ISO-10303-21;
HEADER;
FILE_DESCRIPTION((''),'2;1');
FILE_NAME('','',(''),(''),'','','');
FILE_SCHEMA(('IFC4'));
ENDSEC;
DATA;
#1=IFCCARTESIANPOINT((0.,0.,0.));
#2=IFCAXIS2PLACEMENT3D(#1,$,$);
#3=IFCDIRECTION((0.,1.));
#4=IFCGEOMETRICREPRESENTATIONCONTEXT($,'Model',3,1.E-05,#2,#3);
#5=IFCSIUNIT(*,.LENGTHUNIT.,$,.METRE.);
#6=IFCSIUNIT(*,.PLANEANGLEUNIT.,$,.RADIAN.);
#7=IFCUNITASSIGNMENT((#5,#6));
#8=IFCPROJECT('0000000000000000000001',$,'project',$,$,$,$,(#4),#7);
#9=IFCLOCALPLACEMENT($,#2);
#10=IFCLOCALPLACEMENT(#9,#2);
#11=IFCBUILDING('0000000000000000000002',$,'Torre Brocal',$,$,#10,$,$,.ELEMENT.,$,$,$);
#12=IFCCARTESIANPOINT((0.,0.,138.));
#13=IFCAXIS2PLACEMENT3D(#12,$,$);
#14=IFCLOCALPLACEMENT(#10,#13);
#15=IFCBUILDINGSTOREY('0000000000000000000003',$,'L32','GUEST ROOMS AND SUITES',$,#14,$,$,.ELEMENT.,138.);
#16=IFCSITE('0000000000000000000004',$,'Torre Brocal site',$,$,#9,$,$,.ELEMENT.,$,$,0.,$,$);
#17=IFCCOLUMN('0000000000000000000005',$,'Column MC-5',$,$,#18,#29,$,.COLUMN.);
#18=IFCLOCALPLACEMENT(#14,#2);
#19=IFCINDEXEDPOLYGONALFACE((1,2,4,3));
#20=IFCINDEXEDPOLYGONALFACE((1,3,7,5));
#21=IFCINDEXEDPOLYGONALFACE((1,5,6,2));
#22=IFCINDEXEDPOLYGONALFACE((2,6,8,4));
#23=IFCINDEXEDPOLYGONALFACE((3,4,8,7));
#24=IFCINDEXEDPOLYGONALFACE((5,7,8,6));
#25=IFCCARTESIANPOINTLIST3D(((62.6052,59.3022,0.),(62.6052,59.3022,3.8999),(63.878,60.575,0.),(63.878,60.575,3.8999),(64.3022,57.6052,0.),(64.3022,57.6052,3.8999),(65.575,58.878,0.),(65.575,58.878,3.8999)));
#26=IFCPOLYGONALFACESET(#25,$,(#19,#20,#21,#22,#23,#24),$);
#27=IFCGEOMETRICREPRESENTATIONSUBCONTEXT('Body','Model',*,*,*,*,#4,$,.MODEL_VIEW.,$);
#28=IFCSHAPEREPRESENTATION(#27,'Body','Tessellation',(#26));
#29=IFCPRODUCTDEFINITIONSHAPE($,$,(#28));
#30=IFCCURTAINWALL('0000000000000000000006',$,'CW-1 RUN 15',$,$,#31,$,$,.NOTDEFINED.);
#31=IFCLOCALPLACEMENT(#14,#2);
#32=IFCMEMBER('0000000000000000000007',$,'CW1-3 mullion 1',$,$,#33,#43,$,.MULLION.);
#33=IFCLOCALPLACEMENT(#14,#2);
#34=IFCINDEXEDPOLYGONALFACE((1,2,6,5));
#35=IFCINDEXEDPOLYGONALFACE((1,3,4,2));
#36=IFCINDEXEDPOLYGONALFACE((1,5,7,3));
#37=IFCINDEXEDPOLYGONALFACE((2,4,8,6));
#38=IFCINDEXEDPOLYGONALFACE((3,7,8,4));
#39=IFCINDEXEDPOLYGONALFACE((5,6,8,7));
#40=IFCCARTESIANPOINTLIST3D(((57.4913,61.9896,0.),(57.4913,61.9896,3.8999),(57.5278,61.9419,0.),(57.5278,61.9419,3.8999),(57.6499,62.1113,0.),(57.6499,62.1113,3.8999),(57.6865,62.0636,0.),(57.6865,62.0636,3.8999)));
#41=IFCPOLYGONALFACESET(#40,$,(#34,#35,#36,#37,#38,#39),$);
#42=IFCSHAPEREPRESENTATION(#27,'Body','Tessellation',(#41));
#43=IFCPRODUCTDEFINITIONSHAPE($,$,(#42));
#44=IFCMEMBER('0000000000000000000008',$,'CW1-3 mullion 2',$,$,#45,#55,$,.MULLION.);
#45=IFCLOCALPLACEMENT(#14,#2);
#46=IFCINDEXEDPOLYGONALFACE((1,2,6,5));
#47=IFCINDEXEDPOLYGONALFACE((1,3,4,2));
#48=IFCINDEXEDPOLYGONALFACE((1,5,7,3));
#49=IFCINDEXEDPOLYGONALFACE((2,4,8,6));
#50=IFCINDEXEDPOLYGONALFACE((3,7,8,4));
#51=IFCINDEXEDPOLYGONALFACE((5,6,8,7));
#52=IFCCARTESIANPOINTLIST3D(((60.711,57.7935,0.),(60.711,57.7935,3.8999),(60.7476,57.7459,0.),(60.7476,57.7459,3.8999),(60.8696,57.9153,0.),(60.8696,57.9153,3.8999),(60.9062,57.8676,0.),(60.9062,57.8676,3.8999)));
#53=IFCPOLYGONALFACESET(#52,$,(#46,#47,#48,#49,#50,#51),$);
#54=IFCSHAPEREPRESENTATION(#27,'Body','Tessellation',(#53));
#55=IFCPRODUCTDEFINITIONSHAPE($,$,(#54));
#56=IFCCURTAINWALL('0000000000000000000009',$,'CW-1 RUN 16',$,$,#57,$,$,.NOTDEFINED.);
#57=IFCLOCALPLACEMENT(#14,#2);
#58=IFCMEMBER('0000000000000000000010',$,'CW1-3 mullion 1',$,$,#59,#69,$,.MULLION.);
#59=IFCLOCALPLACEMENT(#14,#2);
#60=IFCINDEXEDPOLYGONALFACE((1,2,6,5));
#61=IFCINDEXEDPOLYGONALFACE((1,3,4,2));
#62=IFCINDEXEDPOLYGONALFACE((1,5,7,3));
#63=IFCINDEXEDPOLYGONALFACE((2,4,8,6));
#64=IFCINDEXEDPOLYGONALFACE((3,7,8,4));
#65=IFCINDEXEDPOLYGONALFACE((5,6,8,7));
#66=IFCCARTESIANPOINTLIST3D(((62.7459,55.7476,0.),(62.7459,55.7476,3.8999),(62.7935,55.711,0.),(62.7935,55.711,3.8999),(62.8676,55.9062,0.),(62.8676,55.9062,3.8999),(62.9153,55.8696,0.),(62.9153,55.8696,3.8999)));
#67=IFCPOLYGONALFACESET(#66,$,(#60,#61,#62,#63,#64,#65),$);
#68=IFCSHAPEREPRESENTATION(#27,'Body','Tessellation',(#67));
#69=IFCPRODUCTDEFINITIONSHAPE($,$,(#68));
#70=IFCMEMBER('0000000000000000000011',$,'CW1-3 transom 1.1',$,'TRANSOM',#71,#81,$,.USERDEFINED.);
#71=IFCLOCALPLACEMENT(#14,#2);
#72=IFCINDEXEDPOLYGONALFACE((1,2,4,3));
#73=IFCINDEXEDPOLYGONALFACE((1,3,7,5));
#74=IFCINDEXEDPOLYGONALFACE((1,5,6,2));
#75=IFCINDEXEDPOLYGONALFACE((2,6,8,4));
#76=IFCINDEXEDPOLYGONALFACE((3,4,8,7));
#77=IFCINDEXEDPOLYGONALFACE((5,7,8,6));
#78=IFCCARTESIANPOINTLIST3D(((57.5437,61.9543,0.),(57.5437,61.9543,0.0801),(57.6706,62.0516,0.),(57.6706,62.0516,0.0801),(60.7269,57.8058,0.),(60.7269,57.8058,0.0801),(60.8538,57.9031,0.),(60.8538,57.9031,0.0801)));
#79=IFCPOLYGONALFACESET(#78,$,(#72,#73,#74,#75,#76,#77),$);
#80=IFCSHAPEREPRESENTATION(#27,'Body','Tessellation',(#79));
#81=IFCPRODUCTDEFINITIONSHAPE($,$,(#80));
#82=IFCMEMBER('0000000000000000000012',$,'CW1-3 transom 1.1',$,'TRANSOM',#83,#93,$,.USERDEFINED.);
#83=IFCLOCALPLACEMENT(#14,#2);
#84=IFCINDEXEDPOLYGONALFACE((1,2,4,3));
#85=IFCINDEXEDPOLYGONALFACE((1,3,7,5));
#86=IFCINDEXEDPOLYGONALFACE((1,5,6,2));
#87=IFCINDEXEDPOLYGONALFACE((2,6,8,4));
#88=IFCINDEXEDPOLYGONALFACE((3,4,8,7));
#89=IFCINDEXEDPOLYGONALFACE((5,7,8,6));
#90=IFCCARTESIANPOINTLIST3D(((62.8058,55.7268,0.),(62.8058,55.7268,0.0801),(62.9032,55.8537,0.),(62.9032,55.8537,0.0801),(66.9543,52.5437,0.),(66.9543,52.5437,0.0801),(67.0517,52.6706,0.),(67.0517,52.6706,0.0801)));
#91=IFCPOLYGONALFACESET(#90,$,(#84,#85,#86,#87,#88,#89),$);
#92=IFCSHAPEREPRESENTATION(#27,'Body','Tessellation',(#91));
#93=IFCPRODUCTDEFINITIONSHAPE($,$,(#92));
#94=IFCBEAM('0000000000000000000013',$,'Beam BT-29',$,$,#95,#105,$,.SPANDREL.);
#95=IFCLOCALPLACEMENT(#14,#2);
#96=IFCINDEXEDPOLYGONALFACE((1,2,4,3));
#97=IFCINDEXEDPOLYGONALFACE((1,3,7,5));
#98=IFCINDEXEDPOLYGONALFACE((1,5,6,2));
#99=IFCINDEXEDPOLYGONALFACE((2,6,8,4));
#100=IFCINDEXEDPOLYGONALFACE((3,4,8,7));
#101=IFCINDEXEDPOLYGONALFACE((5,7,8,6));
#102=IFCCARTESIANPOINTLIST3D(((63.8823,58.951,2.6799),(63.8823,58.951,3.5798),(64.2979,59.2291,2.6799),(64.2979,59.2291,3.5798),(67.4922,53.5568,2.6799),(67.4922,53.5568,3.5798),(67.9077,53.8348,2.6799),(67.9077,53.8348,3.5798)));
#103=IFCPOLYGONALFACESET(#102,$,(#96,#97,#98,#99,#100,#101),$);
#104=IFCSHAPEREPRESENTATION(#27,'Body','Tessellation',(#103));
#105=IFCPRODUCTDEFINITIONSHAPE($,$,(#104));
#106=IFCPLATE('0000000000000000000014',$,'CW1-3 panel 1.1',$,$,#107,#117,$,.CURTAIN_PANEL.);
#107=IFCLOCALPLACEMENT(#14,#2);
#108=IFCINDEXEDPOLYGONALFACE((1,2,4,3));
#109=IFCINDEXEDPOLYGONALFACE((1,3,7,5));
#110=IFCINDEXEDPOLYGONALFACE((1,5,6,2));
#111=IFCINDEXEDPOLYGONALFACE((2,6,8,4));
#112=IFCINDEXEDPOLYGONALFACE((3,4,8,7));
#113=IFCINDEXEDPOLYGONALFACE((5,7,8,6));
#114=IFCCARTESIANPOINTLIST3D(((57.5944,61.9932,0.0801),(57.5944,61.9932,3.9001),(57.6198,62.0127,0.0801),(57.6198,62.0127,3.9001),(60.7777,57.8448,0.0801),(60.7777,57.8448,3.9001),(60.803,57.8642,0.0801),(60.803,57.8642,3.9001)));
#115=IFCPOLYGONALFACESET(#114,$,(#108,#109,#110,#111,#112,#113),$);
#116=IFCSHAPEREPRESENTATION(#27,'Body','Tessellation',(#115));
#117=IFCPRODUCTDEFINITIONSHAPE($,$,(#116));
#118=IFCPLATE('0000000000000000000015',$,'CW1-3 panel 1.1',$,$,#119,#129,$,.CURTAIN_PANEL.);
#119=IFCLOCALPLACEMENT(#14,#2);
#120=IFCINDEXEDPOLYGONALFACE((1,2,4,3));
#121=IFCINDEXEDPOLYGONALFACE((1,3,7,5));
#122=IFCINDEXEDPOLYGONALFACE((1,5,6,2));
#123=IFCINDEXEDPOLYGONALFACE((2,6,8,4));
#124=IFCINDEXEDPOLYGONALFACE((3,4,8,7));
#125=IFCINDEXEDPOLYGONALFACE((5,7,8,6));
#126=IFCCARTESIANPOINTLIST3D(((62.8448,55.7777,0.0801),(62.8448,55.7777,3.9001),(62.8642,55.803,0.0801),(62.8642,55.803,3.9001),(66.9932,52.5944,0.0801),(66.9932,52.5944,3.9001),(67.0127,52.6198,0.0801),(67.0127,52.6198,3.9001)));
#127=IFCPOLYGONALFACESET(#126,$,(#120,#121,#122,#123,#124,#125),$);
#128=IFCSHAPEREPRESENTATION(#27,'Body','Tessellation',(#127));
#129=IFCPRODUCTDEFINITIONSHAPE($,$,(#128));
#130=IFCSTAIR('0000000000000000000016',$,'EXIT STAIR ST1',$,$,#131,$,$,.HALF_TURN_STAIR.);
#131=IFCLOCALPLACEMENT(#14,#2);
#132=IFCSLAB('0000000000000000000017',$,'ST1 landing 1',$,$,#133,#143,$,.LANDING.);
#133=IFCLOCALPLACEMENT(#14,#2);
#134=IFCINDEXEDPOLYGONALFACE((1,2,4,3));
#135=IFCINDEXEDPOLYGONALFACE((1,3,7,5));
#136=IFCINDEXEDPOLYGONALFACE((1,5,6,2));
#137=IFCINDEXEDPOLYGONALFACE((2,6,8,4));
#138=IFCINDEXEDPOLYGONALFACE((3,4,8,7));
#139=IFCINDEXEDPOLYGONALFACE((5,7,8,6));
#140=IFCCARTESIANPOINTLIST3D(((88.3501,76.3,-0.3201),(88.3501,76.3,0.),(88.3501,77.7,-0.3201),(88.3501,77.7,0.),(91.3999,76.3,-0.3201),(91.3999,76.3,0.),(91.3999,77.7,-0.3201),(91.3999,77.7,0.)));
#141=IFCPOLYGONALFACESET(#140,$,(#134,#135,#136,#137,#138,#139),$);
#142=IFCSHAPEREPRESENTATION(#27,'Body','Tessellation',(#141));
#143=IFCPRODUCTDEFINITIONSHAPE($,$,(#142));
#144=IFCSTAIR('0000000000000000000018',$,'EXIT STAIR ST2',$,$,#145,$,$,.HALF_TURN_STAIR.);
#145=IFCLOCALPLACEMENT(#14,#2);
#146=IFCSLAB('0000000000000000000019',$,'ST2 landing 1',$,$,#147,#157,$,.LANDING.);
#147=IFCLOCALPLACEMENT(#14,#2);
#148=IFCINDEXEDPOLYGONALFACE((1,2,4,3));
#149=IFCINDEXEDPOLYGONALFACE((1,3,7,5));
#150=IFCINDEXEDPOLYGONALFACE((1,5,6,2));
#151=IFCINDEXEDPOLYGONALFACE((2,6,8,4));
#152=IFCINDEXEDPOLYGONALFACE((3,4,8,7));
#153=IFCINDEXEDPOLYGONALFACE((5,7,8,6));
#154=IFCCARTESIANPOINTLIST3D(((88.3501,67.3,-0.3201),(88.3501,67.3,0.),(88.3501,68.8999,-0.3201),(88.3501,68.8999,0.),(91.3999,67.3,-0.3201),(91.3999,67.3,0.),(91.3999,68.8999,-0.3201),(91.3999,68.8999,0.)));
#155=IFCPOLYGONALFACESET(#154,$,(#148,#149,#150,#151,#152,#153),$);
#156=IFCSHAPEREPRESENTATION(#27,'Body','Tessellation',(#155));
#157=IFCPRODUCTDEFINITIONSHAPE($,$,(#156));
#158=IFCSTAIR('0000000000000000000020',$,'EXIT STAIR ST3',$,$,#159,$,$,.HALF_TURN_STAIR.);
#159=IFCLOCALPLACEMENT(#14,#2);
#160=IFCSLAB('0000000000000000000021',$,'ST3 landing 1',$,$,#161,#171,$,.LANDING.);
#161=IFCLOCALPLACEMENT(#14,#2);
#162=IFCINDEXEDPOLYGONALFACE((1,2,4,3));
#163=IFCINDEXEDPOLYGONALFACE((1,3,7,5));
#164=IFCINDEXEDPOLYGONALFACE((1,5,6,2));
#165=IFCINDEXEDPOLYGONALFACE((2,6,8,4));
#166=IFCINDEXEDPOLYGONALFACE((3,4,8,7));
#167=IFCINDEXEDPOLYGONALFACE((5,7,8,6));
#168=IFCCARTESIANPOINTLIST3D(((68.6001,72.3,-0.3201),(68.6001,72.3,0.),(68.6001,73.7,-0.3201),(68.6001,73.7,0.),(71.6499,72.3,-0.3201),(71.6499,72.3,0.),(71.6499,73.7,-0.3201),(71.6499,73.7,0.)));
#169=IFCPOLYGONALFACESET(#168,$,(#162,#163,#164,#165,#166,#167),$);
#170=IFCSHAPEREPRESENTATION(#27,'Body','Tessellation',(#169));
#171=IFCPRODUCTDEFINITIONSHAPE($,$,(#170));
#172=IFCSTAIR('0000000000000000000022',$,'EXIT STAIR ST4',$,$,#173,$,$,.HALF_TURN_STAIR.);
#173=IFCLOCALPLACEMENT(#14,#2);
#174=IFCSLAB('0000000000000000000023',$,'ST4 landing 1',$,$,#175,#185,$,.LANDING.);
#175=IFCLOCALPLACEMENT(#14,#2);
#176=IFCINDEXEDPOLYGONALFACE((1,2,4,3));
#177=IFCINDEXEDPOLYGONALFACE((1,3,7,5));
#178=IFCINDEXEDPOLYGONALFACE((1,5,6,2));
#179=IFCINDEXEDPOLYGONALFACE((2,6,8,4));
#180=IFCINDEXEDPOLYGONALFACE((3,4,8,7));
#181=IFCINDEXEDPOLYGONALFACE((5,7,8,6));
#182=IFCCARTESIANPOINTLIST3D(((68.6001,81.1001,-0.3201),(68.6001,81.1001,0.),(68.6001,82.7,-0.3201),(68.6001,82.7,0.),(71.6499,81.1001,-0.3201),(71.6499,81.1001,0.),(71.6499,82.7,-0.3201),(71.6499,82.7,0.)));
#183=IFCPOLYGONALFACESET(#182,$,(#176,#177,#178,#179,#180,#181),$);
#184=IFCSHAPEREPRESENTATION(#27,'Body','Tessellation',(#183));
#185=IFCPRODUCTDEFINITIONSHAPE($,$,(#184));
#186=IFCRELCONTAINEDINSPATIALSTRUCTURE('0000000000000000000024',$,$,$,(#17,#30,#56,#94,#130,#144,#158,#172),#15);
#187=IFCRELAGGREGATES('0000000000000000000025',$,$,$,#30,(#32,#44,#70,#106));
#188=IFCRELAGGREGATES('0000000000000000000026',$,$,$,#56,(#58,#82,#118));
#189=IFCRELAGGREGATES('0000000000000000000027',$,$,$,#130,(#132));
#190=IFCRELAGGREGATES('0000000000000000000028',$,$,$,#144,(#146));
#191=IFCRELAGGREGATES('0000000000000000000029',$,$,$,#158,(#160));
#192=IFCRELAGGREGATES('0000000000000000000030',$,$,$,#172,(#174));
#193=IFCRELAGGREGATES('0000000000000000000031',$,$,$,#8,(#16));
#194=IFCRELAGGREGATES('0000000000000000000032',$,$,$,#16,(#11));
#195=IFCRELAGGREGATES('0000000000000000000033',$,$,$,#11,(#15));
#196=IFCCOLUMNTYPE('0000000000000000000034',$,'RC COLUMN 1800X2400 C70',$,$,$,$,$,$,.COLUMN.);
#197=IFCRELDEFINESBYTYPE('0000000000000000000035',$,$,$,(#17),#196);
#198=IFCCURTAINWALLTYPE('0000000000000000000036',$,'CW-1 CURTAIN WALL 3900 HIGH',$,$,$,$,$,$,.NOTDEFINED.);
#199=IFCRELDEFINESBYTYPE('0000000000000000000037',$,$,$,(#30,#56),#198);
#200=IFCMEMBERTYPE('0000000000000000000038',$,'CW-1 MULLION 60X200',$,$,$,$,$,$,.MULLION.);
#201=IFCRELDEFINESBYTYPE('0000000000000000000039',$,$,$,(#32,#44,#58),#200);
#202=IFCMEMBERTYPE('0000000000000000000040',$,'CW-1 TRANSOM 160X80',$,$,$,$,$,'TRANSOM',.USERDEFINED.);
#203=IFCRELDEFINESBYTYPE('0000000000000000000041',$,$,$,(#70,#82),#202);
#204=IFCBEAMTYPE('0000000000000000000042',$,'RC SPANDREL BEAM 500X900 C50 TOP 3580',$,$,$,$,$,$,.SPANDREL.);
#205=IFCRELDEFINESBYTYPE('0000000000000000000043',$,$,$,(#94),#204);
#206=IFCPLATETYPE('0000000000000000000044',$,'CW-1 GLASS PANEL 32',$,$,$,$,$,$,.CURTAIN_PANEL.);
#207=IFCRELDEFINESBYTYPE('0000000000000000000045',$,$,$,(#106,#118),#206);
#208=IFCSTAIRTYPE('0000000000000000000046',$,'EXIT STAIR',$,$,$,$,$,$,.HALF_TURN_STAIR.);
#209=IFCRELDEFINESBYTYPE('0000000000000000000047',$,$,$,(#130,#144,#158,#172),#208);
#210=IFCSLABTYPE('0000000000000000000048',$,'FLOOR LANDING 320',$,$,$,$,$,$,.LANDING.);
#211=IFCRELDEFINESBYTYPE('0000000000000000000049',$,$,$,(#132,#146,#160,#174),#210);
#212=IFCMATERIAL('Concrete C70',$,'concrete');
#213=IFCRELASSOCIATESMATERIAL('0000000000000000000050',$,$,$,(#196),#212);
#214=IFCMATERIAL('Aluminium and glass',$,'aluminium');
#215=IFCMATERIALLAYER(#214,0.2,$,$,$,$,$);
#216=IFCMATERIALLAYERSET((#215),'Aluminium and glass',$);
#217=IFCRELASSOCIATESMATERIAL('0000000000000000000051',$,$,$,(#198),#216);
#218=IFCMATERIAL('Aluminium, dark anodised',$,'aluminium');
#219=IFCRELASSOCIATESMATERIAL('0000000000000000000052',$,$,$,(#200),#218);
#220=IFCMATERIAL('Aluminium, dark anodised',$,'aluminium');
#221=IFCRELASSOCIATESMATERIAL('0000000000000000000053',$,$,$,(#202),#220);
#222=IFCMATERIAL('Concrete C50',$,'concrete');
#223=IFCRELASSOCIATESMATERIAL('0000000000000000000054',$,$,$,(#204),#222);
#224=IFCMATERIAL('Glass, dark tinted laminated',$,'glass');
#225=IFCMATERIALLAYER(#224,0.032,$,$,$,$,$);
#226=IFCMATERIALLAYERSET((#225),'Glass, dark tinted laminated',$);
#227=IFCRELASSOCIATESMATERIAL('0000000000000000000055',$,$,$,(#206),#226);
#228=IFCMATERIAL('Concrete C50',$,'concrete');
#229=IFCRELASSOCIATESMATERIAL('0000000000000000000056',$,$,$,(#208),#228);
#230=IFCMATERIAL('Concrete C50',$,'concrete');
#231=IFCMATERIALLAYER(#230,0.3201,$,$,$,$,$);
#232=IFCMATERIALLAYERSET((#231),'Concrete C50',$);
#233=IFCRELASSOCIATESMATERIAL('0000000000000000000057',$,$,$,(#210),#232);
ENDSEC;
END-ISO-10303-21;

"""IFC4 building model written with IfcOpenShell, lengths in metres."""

from ifc_helpers import new_model, si_unit, direction, frame, origin, origin_2d, place, context, subcontext, project, spatial, polyline, rectangle, outline, extrude, material, layer, layer_set, material_profile, profile_set, type_object, element, aggregate, save


model = new_model("IFC4")

# Units and contexts
model_context = context("Model", 3, precision=1e-05, world=origin(), true_north=direction((0.0, 1.0)))
body_context = subcontext(model_context, "Body", "Model", "MODEL_VIEW")
ifc_project = project(units=[si_unit("LENGTHUNIT", "METRE"), si_unit("PLANEANGLEUNIT", "RADIAN")], contexts=[model_context])

# Site, building, storey
site_placement = place(None, origin())
site = spatial("IfcSite", under=ifc_project, at=site_placement, Name="Torre Brocal site", CompositionType="ELEMENT", RefElevation=0.0)
building_placement = place(site_placement, origin())
building = spatial("IfcBuilding", under=site, at=building_placement, Name="Torre Brocal", CompositionType="ELEMENT")
storey_placement = place(building_placement, frame((0.0, 0.0, 138.0)))
storey = spatial("IfcBuildingStorey", under=building, at=storey_placement, Name="L32", Description="GUEST ROOMS AND SUITES", CompositionType="ELEMENT", Elevation=138.0)

# Column
ifc_material_1 = material(Name="Concrete C70", Category="concrete")
ifc_material_profile_1 = material_profile(ifc_material_1, rectangle(XDim=1.8, YDim=2.3999, at=origin_2d()), Name="RC 1800X2400")
ifc_profile_set_1 = profile_set([ifc_material_profile_1], Name="Concrete C70")
column_type = type_object("IfcColumnType", Name="RC COLUMN 1800X2400 C70", PredefinedType="COLUMN", material=ifc_profile_set_1)
column_placement = place(storey_placement, frame((64.0901, 59.0901, 0.0), z_axis=(0.0, 0.0, 1.0), x_axis=(-0.707107, -0.707107, 0.0)))
element("IfcColumn", 1, at=column_placement, inside=storey, type_object=column_type, Name="Column MC-5", PredefinedType="COLUMN", context=body_context, shape_type="SweptSolid", body=[
    extrude(rectangle(XDim=1.8, YDim=2.3999, at=origin_2d()), origin(), (0.0, 0.0, 1.0), 3.8999),
])

# Curtain wall, members
ifc_material_2 = material(Name="Aluminium and glass", Category="aluminium")
ifc_layer_1 = layer(ifc_material_2, 0.2)
ifc_layer_set_1 = layer_set([ifc_layer_1], Name="Aluminium and glass")
curtain_wall_type = type_object("IfcCurtainWallType", Name="CW-1 CURTAIN WALL 3900 HIGH", PredefinedType="NOTDEFINED", material=ifc_layer_set_1)
curtain_wall_1_placement = place(storey_placement, origin())
curtain_wall_1 = element("IfcCurtainWall", 2, at=curtain_wall_1_placement, inside=storey, type_object=curtain_wall_type, Name="CW-1 RUN 15", PredefinedType="NOTDEFINED")
ifc_material_3 = material(Name="Aluminium, dark anodised", Category="aluminium")
ifc_material_profile_2 = material_profile(ifc_material_3, rectangle(XDim=0.2, YDim=0.0601, at=origin_2d()), Name="CW-1 MULLION 60X200")
ifc_profile_set_2 = profile_set([ifc_material_profile_2], Name="Aluminium, dark anodised")
member_type_1 = type_object("IfcMemberType", Name="CW-1 MULLION 60X200", PredefinedType="MULLION", material=ifc_profile_set_2)
member_1_placement = place(storey_placement, frame((57.5889, 62.0266, 0.0), z_axis=(0.0, 0.0, 1.0), x_axis=(0.793353, 0.608761, 0.0)))
member_1 = element("IfcMember", 3, at=member_1_placement, type_object=member_type_1, Name="CW1-3 mullion 1", PredefinedType="MULLION", context=body_context, shape_type="SweptSolid", body=[
    extrude(rectangle(XDim=0.2, YDim=0.0601, at=origin_2d()), origin(), (0.0, 0.0, 1.0), 3.8999),
])
member_2_placement = place(storey_placement, frame((60.8086, 57.8306, 0.0), z_axis=(0.0, 0.0, 1.0), x_axis=(0.793353, 0.608761, 0.0)))
member_2 = element("IfcMember", 4, at=member_2_placement, type_object=member_type_1, Name="CW1-3 mullion 2", PredefinedType="MULLION", context=body_context, shape_type="SweptSolid", body=[
    extrude(rectangle(XDim=0.2, YDim=0.0601, at=origin_2d()), origin(), (0.0, 0.0, 1.0), 3.8999),
])

# Curtain wall, member
curtain_wall_2_placement = place(storey_placement, origin())
curtain_wall_2 = element("IfcCurtainWall", 5, at=curtain_wall_2_placement, inside=storey, type_object=curtain_wall_type, Name="CW-1 RUN 16", PredefinedType="NOTDEFINED")
member_3_placement = place(storey_placement, frame((62.8306, 55.8086, 0.0), z_axis=(0.0, 0.0, 1.0), x_axis=(0.608761, 0.793353, 0.0)))
member_3 = element("IfcMember", 6, at=member_3_placement, type_object=member_type_1, Name="CW1-3 mullion 1", PredefinedType="MULLION", context=body_context, shape_type="SweptSolid", body=[
    extrude(rectangle(XDim=0.2, YDim=0.0601, at=origin_2d()), origin(), (0.0, 0.0, 1.0), 3.8999),
])

# Members
ifc_material_4 = material(Name="Aluminium, dark anodised", Category="aluminium")
ifc_material_profile_3 = material_profile(ifc_material_4, rectangle(XDim=0.1599, YDim=0.0801, at=origin_2d()), Name="CW-1 TRANSOM 160X80")
ifc_profile_set_3 = profile_set([ifc_material_profile_3], Name="Aluminium, dark anodised")
member_type_2 = type_object("IfcMemberType", Name="CW-1 TRANSOM 160X80", ElementType="TRANSOM", PredefinedType="USERDEFINED", material=ifc_profile_set_3)
member_4_placement = place(storey_placement, frame((57.6072, 62.0029, 0.04), z_axis=(0.608749, -0.793363, 0.0), x_axis=(0.793363, 0.608749, 0.0)))
member_4 = element("IfcMember", 7, at=member_4_placement, type_object=member_type_2, Name="CW1-3 transom 1.1", ObjectType="TRANSOM", PredefinedType="USERDEFINED", context=body_context, shape_type="SweptSolid", body=[
    extrude(rectangle(XDim=0.1599, YDim=0.0801, at=origin_2d()), origin(), (0.0, 0.0, 1.0), 5.229),
])
member_5_placement = place(storey_placement, frame((62.8545, 55.7903, 0.04), z_axis=(0.793363, -0.608749, 0.0), x_axis=(0.608749, 0.793363, 0.0)))
member_5 = element("IfcMember", 8, at=member_5_placement, type_object=member_type_2, Name="CW1-3 transom 1.1", ObjectType="TRANSOM", PredefinedType="USERDEFINED", context=body_context, shape_type="SweptSolid", body=[
    extrude(rectangle(XDim=0.1599, YDim=0.0801, at=origin_2d()), origin(), (0.0, 0.0, 1.0), 5.229),
])

# Beam
ifc_material_5 = material(Name="Concrete C50", Category="concrete")
ifc_material_profile_4 = material_profile(ifc_material_5, rectangle(XDim=0.5, YDim=0.8999, at=origin_2d()), Name="RC 500X900")
ifc_profile_set_4 = profile_set([ifc_material_profile_4], Name="Concrete C50")
beam_type = type_object("IfcBeamType", Name="RC SPANDREL BEAM 500X900 C50 TOP 3580", PredefinedType="SPANDREL", material=ifc_profile_set_4)
beam_placement = place(storey_placement, frame((64.0901, 59.0901, 3.1299), z_axis=(0.556158, -0.831077, 0.0), x_axis=(0.831077, 0.556158, 0.0)))
element("IfcBeam", 9, at=beam_placement, inside=storey, type_object=beam_type, Name="Beam BT-29", PredefinedType="SPANDREL", context=body_context, shape_type="SweptSolid", body=[
    extrude(rectangle(XDim=0.5, YDim=0.8999, at=origin_2d()), origin(), (0.0, 0.0, 1.0), 6.4907),
])

# Plates
ifc_material_6 = material(Name="Glass, dark tinted laminated", Category="glass")
ifc_layer_2 = layer(ifc_material_6, 0.032)
ifc_layer_set_2 = layer_set([ifc_layer_2], Name="Glass, dark tinted laminated")
plate_type = type_object("IfcPlateType", Name="CW-1 GLASS PANEL 32", PredefinedType="CURTAIN_PANEL", material=ifc_layer_set_2)
plate_1_placement = place(storey_placement, frame((59.1987, 59.9287, 0.0801), z_axis=(0.0, 0.0, 1.0), x_axis=(0.608761, -0.793353, 0.0)))
plate_1 = element("IfcPlate", 10, at=plate_1_placement, type_object=plate_type, Name="CW1-3 panel 1.1", PredefinedType="CURTAIN_PANEL", context=body_context, shape_type="SweptSolid", body=[
    extrude(rectangle(XDim=5.229, YDim=0.032, at=origin_2d()), origin(), (0.0, 0.0, 1.0), 3.8201),
])
aggregate(curtain_wall_1, [member_1, member_2, member_4, plate_1])
plate_2_placement = place(storey_placement, frame((64.9287, 54.1987, 0.0801), z_axis=(0.0, 0.0, 1.0), x_axis=(0.793353, -0.608761, 0.0)))
plate_2 = element("IfcPlate", 11, at=plate_2_placement, type_object=plate_type, Name="CW1-3 panel 1.1", PredefinedType="CURTAIN_PANEL", context=body_context, shape_type="SweptSolid", body=[
    extrude(rectangle(XDim=5.229, YDim=0.032, at=origin_2d()), origin(), (0.0, 0.0, 1.0), 3.8201),
])
aggregate(curtain_wall_2, [member_3, member_5, plate_2])

# Stairs, slabs
ifc_material_7 = material(Name="Concrete C50", Category="concrete")
stair_type = type_object("IfcStairType", Name="EXIT STAIR", PredefinedType="HALF_TURN_STAIR", material=ifc_material_7)
stair_1_placement = place(storey_placement, origin())
stair_1 = element("IfcStair", 12, at=stair_1_placement, inside=storey, type_object=stair_type, Name="EXIT STAIR ST1", PredefinedType="HALF_TURN_STAIR")
ifc_material_8 = material(Name="Concrete C50", Category="concrete")
ifc_layer_3 = layer(ifc_material_8, 0.3201)
ifc_layer_set_3 = layer_set([ifc_layer_3], Name="Concrete C50")
slab_type_1 = type_object("IfcSlabType", Name="FLOOR LANDING 320", PredefinedType="LANDING", material=ifc_layer_set_3)
slab_1_placement = place(storey_placement, frame((0.0, 0.0, -0.3201)))
slab_1 = element("IfcSlab", 13, at=slab_1_placement, type_object=slab_type_1, Name="ST1 landing 1", PredefinedType="LANDING", context=body_context, shape_type="SweptSolid", body=[
    extrude(outline(polyline([(88.3501, 76.3), (91.3999, 76.3), (91.3999, 77.7), (88.3501, 77.7), (88.3501, 76.3)])), origin(), (0.0, 0.0, 1.0), 0.3201),
])
stair_2_placement = place(storey_placement, origin())
stair_2 = element("IfcStair", 14, at=stair_2_placement, inside=storey, type_object=stair_type, Name="EXIT STAIR ST2", PredefinedType="HALF_TURN_STAIR")
slab_2_placement = place(storey_placement, frame((0.0, 0.0, -0.3201)))
slab_2 = element("IfcSlab", 15, at=slab_2_placement, type_object=slab_type_1, Name="ST2 landing 1", PredefinedType="LANDING", context=body_context, shape_type="SweptSolid", body=[
    extrude(outline(polyline([(88.3501, 67.3), (91.3999, 67.3), (91.3999, 68.8999), (88.3501, 68.8999), (88.3501, 67.3)])), origin(), (0.0, 0.0, 1.0), 0.3201),
])
stair_3_placement = place(storey_placement, origin())
stair_3 = element("IfcStair", 16, at=stair_3_placement, inside=storey, type_object=stair_type, Name="EXIT STAIR ST3", PredefinedType="HALF_TURN_STAIR")
slab_3_placement = place(storey_placement, frame((0.0, 0.0, -0.3201)))
slab_3 = element("IfcSlab", 17, at=slab_3_placement, type_object=slab_type_1, Name="ST3 landing 1", PredefinedType="LANDING", context=body_context, shape_type="SweptSolid", body=[
    extrude(outline(polyline([(71.6499, 73.7), (68.6001, 73.7), (68.6001, 72.3), (71.6499, 72.3), (71.6499, 73.7)])), origin(), (0.0, 0.0, 1.0), 0.3201),
])
stair_4_placement = place(storey_placement, origin())
stair_4 = element("IfcStair", 18, at=stair_4_placement, inside=storey, type_object=stair_type, Name="EXIT STAIR ST4", PredefinedType="HALF_TURN_STAIR")
slab_4_placement = place(storey_placement, frame((0.0, 0.0, -0.3201)))
slab_4 = element("IfcSlab", 19, at=slab_4_placement, type_object=slab_type_1, Name="ST4 landing 1", PredefinedType="LANDING", context=body_context, shape_type="SweptSolid", body=[
    extrude(outline(polyline([(71.6499, 82.7), (68.6001, 82.7), (68.6001, 81.1001), (71.6499, 81.1001), (71.6499, 82.7)])), origin(), (0.0, 0.0, 1.0), 0.3201),
])

aggregate(stair_1, [slab_1])
aggregate(stair_2, [slab_2])
aggregate(stair_3, [slab_3])
aggregate(stair_4, [slab_4])

save(model, "model.ifc")
